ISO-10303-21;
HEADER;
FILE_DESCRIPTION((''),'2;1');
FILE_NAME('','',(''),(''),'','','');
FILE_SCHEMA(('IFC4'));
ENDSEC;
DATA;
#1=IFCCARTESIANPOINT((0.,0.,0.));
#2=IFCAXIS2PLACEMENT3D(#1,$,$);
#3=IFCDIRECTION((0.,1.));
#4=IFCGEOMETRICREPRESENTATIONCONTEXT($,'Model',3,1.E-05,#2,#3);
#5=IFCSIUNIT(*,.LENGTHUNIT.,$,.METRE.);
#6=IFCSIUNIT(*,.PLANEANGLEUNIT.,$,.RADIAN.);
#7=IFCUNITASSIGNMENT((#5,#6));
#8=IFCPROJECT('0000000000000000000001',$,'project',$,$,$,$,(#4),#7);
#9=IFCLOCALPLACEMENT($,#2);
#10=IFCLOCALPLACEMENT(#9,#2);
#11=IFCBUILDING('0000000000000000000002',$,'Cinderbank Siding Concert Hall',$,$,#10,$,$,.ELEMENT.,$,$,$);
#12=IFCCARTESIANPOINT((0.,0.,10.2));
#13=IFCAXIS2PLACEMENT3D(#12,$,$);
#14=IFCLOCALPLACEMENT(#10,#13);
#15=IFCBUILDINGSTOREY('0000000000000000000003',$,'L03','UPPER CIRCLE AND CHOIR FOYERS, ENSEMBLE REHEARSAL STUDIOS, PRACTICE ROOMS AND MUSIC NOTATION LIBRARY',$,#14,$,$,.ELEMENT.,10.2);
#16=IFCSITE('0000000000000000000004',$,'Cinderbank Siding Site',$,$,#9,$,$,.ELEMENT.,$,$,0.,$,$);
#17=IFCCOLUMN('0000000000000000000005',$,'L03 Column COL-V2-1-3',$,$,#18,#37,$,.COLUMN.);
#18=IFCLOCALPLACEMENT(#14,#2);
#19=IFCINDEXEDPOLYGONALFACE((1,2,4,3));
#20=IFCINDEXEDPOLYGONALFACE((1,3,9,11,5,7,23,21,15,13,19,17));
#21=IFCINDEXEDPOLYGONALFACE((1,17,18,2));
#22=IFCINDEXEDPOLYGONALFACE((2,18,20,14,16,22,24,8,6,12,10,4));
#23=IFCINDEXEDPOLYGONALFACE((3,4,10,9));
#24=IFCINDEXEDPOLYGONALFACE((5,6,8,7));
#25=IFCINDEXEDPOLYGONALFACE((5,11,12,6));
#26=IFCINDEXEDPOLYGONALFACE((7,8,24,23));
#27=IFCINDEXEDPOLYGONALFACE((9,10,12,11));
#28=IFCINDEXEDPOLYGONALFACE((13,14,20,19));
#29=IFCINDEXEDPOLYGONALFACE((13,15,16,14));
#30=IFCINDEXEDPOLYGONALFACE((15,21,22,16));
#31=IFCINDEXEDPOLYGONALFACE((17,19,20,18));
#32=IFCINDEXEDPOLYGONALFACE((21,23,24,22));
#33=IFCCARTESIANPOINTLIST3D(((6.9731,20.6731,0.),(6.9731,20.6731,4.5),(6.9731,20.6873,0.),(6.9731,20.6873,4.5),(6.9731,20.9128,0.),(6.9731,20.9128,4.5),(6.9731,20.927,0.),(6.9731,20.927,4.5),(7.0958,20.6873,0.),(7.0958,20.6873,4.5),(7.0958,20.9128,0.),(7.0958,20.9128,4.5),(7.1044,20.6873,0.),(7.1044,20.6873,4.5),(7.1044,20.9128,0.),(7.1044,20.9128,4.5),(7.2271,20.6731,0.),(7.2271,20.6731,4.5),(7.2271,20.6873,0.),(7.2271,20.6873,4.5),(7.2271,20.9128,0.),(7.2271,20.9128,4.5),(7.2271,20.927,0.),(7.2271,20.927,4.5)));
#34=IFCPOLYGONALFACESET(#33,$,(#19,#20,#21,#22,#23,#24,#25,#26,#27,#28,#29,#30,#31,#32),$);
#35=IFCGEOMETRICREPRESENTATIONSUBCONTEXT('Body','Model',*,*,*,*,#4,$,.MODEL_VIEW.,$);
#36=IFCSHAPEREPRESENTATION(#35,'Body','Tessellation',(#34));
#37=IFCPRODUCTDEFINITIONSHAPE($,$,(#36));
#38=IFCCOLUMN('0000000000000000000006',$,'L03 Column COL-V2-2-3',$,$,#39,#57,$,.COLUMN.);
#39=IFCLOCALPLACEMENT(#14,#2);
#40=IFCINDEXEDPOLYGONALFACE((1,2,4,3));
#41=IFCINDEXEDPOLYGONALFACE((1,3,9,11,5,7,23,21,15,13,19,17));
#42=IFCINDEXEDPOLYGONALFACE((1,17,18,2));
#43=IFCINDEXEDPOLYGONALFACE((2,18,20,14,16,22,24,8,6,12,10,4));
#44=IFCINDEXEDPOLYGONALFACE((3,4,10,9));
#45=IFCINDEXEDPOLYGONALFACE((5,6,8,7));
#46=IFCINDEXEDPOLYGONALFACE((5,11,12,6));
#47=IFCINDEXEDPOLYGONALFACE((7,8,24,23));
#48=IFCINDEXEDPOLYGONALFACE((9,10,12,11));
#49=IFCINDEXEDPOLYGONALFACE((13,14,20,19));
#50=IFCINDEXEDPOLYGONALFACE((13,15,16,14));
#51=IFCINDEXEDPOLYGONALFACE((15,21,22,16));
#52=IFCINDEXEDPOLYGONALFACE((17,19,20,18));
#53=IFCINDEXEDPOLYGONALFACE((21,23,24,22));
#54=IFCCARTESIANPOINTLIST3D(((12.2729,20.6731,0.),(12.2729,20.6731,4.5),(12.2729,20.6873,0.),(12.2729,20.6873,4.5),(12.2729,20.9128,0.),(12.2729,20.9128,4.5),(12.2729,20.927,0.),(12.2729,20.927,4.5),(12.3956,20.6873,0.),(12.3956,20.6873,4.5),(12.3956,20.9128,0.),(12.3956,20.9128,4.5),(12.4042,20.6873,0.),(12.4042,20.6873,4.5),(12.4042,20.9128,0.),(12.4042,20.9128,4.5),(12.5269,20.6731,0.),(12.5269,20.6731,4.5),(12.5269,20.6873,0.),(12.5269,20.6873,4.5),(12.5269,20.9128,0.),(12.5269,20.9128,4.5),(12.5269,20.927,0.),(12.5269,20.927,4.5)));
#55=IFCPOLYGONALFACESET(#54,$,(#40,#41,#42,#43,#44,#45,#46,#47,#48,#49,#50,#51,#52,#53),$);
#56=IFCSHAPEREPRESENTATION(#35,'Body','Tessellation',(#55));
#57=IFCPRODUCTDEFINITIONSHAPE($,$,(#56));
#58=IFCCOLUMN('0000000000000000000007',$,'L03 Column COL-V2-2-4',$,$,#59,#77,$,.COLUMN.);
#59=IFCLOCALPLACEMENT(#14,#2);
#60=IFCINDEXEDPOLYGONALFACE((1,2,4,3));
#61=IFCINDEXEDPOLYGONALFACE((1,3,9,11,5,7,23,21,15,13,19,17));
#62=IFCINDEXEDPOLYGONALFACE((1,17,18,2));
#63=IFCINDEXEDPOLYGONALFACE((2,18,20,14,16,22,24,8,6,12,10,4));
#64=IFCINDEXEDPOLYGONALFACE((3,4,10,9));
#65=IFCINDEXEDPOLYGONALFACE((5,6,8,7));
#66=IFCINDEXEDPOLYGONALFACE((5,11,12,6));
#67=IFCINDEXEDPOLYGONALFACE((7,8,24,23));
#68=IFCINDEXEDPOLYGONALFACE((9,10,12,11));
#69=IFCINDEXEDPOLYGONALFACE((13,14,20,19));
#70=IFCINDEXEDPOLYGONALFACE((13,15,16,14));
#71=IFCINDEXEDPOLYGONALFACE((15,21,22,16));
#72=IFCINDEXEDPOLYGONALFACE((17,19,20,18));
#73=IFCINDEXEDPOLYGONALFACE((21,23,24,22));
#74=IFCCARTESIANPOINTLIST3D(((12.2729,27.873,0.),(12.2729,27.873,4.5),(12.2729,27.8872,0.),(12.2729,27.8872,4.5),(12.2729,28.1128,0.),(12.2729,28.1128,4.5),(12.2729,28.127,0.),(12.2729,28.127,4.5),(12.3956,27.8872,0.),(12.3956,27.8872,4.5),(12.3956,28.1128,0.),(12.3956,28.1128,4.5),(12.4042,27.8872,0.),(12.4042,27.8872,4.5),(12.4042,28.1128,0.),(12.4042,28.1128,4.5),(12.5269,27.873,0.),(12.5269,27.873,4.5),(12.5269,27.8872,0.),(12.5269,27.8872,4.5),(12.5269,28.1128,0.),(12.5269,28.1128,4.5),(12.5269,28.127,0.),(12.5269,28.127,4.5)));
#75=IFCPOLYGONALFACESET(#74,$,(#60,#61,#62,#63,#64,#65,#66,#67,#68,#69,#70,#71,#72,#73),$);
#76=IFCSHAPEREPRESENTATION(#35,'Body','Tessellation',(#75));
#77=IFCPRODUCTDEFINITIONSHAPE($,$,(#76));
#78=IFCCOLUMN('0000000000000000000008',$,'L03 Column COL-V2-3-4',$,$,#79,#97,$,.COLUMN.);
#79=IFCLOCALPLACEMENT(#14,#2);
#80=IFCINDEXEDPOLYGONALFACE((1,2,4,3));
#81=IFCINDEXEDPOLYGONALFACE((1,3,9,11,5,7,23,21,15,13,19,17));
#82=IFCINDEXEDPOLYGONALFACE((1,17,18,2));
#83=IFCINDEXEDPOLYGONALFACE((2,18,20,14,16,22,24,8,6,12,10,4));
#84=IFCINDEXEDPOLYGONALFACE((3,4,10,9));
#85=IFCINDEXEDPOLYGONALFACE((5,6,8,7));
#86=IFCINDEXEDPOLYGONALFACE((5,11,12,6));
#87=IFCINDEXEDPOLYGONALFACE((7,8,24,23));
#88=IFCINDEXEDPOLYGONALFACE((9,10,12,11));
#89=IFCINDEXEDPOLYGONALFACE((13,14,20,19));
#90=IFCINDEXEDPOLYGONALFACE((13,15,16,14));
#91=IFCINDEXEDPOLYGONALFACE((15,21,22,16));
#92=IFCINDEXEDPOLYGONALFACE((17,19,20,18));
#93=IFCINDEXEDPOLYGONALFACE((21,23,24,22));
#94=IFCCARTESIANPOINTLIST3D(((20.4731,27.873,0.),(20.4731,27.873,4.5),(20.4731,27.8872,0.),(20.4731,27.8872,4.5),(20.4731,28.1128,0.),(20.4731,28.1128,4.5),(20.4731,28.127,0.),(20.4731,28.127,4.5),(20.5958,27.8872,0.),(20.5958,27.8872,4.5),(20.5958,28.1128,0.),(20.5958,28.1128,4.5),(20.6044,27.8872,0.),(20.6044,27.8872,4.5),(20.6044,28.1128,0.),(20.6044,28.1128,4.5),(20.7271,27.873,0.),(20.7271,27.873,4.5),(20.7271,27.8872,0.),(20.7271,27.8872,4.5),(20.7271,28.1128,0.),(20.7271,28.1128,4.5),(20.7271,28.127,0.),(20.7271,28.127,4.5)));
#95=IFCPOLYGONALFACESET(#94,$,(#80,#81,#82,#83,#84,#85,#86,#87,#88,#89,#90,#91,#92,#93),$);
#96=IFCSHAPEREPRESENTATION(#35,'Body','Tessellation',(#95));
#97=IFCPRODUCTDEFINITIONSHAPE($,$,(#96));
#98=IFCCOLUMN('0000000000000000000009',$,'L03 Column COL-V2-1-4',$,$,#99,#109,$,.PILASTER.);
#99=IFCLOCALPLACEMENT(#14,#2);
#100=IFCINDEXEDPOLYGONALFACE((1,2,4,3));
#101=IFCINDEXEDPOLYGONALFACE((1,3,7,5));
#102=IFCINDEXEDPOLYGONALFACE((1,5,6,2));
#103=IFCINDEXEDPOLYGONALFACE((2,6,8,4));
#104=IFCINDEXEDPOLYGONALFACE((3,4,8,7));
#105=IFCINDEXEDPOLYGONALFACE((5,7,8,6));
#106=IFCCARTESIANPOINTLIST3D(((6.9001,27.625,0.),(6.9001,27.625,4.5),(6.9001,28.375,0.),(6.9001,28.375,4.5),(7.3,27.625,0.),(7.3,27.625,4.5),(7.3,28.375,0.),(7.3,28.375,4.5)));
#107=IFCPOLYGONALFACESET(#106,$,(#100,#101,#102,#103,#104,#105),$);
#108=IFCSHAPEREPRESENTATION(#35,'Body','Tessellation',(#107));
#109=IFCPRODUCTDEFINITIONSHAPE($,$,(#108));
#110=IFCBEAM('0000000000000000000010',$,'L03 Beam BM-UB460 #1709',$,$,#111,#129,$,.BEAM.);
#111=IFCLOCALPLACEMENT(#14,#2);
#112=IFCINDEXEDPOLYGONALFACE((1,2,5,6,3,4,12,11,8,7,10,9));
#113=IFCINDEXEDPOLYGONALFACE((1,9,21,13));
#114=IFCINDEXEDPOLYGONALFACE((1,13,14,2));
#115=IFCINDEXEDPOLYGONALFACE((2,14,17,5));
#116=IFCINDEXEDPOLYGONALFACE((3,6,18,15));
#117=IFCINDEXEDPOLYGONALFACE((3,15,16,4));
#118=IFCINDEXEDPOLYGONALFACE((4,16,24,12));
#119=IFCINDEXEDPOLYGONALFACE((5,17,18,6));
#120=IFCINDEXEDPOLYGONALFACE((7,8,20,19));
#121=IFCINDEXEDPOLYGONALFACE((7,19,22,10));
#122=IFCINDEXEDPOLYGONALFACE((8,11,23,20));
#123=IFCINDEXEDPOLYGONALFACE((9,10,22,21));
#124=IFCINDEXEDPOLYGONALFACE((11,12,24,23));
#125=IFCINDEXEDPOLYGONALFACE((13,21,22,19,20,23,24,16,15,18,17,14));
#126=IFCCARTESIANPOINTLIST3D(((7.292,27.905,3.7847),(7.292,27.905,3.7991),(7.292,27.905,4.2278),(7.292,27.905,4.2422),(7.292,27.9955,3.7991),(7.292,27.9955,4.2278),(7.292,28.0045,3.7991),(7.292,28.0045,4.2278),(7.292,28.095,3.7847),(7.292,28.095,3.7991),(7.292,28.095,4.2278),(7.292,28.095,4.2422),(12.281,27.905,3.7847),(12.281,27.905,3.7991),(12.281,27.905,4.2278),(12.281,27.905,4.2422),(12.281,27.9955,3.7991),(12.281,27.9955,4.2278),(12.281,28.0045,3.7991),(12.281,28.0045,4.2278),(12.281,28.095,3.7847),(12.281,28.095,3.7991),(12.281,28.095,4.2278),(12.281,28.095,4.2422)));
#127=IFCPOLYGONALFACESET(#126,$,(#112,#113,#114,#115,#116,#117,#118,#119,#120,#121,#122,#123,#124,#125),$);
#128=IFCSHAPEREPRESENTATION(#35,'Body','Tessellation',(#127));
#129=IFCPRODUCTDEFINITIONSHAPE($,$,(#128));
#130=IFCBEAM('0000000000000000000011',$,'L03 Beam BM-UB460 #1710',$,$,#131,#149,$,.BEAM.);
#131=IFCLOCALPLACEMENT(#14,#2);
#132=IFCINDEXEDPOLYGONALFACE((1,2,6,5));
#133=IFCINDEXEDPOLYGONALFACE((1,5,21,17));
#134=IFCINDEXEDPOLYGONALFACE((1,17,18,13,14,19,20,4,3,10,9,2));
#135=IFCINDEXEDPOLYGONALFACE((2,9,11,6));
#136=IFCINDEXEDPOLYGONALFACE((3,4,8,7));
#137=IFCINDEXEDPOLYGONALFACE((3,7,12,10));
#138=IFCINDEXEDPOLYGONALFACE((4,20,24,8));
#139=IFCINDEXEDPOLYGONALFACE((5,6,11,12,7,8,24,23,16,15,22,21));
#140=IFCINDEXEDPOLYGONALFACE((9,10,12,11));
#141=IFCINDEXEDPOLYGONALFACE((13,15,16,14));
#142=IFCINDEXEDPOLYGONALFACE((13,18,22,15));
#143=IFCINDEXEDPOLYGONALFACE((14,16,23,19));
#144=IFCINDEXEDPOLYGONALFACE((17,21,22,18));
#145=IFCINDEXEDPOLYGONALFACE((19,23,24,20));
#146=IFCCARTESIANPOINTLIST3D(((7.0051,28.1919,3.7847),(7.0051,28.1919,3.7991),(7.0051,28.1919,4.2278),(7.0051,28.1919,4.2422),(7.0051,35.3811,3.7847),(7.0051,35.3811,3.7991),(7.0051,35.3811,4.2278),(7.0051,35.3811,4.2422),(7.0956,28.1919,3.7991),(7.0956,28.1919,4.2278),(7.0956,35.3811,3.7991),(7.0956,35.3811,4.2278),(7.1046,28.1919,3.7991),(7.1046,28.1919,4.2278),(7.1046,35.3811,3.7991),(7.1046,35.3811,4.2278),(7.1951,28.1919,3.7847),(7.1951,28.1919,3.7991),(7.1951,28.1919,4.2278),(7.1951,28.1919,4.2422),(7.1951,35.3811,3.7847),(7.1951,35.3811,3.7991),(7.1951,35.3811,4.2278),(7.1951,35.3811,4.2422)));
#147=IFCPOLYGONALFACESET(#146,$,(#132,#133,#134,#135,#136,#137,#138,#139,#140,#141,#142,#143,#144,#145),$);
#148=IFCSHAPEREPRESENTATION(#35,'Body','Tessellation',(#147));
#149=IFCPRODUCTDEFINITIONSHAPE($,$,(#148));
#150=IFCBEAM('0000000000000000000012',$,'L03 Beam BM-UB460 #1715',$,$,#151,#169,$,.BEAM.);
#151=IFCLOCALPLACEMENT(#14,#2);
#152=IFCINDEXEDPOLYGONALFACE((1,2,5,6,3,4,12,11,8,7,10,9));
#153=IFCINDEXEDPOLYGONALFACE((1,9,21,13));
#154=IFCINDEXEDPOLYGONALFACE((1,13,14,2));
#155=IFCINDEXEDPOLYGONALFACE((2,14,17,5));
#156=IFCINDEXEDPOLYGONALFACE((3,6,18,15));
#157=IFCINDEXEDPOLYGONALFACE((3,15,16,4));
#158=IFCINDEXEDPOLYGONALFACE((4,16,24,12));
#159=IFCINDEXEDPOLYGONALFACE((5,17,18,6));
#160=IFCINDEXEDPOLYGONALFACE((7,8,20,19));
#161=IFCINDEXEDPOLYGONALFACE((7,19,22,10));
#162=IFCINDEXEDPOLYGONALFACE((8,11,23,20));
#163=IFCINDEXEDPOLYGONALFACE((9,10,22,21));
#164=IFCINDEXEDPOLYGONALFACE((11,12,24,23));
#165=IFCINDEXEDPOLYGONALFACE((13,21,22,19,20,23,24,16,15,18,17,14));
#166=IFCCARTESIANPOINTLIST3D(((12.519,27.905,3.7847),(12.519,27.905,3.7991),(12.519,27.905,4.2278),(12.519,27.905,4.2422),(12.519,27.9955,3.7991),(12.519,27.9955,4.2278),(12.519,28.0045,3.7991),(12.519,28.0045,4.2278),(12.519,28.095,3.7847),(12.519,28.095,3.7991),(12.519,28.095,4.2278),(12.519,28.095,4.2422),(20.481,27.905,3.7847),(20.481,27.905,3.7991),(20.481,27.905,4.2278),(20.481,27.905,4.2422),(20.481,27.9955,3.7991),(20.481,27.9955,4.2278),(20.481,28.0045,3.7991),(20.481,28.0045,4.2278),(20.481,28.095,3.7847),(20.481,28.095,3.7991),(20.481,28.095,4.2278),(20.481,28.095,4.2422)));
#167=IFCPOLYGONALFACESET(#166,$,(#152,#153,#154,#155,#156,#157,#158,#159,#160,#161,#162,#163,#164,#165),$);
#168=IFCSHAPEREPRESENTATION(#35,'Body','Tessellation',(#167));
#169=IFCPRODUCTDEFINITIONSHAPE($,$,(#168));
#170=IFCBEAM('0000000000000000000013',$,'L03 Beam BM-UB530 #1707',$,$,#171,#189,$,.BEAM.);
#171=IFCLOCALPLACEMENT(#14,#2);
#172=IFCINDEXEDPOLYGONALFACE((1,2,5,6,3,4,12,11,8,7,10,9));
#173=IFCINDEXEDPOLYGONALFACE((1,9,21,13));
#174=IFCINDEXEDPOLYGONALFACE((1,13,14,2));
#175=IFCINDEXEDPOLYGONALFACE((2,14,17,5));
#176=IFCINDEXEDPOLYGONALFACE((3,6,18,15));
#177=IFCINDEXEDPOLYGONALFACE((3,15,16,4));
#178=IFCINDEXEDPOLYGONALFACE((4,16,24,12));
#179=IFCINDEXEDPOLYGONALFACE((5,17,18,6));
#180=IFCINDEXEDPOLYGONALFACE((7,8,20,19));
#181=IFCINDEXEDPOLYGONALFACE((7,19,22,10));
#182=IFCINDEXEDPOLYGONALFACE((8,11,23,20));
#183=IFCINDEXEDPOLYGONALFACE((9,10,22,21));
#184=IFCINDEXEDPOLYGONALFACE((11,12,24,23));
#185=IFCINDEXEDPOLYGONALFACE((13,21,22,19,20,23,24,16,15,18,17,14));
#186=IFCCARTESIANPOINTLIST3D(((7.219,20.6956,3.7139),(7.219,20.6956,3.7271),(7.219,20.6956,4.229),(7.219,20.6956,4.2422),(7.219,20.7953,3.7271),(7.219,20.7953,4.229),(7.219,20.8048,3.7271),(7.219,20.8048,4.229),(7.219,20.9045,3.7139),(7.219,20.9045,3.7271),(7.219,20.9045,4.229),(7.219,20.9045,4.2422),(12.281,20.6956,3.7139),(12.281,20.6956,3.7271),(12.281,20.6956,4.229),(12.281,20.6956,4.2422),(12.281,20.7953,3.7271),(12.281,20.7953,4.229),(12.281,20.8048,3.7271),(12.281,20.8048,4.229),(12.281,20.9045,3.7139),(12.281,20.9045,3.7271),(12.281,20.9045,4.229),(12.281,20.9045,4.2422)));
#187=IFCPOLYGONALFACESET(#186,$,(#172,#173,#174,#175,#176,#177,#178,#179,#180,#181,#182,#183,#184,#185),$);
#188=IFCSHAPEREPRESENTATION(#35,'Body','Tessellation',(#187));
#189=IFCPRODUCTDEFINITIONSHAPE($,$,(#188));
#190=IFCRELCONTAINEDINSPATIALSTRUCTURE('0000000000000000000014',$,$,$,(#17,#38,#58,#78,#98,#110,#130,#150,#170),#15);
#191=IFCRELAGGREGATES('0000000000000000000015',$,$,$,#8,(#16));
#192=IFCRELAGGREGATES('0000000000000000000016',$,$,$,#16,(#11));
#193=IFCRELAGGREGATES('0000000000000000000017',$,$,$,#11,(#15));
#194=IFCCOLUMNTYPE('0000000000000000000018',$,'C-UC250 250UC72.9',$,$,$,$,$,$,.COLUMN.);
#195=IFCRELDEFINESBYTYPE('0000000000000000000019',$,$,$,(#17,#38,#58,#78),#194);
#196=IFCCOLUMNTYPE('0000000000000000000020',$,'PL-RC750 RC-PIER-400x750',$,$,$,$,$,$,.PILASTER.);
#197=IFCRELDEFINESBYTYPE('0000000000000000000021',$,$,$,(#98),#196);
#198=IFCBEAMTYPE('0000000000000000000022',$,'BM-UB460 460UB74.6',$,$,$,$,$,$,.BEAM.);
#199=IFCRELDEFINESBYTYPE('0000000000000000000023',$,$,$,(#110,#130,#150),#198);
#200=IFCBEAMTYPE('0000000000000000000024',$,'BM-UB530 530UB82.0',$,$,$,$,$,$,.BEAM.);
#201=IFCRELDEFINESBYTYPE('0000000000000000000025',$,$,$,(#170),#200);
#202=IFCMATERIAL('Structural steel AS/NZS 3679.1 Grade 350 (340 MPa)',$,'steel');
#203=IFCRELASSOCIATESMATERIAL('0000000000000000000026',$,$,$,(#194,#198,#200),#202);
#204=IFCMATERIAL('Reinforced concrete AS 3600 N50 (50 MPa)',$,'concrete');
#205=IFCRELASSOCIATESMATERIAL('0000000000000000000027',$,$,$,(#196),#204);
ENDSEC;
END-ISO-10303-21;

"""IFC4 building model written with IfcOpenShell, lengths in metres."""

from ifc_helpers import new_model, si_unit, direction, frame, origin, origin_2d, place, context, subcontext, project, spatial, rectangle, i_section, extrude, material, material_profile, profile_set, type_object, element, save


model = new_model("IFC4")

# Units and contexts
model_context = context("Model", 3, precision=1e-05, world=origin(), true_north=direction((0.0, 1.0)))
body_context = subcontext(model_context, "Body", "Model", "MODEL_VIEW")
ifc_project = project(units=[si_unit("LENGTHUNIT", "METRE"), si_unit("PLANEANGLEUNIT", "RADIAN")], contexts=[model_context])

# Site, building, storey
site_placement = place(None, origin())
site = spatial("IfcSite", under=ifc_project, at=site_placement, Name="Cinderbank Siding Site", CompositionType="ELEMENT", RefElevation=0.0)
building_placement = place(site_placement, origin())
building = spatial("IfcBuilding", under=site, at=building_placement, Name="Cinderbank Siding Concert Hall", CompositionType="ELEMENT")
storey_placement = place(building_placement, frame((0.0, 0.0, 10.2)))
storey = spatial("IfcBuildingStorey", under=building, at=storey_placement, Name="L03", Description="UPPER CIRCLE AND CHOIR FOYERS, ENSEMBLE REHEARSAL STUDIOS, PRACTICE ROOMS AND MUSIC NOTATION LIBRARY", CompositionType="ELEMENT", Elevation=10.2)

# Columns
ifc_material_1 = material(Name="Structural steel AS/NZS 3679.1 Grade 350 (340 MPa)", Category="steel")
ifc_material_profile_1 = material_profile(ifc_material_1, i_section(OverallWidth=0.2539, OverallDepth=0.2539, WebThickness=0.0085, FlangeThickness=0.0142, at=origin_2d()), Name="250UC72.9", Category="LoadBearing")
ifc_profile_set_1 = profile_set([ifc_material_profile_1], Name="Structural steel AS/NZS 3679.1 Grade 350 (340 MPa)")
column_type_1 = type_object("IfcColumnType", Name="C-UC250 250UC72.9", PredefinedType="COLUMN", material=ifc_profile_set_1)
for number, where, z_axis, x_axis, name in (
    (1, (7.1001, 20.8, 0.0), (0.0, 0.0, 1.0), (1.0, 0.0, 0.0), "L03 Column COL-V2-1-3"),
    (2, (12.3999, 20.8, 0.0), (0.0, 0.0, 1.0), (1.0, 0.0, 0.0), "L03 Column COL-V2-2-3"),
    (3, (12.3999, 28.0, 0.0), (0.0, 0.0, 1.0), (1.0, 0.0, 0.0), "L03 Column COL-V2-2-4"),
    (4, (20.6001, 28.0, 0.0), (0.0, 0.0, 1.0), (1.0, 0.0, 0.0), "L03 Column COL-V2-3-4"),
):
    element("IfcColumn", number, at=place(storey_placement, frame(where, z_axis=z_axis, x_axis=x_axis)), inside=storey, type_object=column_type_1, Name=name, PredefinedType="COLUMN", context=body_context, shape_type="SweptSolid", body=[
        extrude(i_section(OverallWidth=0.2539, OverallDepth=0.2539, WebThickness=0.0085, FlangeThickness=0.0142, at=origin_2d()), origin(), (0.0, 0.0, 1.0), 4.5),
    ])
ifc_material_2 = material(Name="Reinforced concrete AS 3600 N50 (50 MPa)", Category="concrete")
ifc_material_profile_2 = material_profile(ifc_material_2, rectangle(XDim=0.3999, YDim=0.75, at=origin_2d()), Name="RC-PIER-400x750", Category="LoadBearing")
ifc_profile_set_2 = profile_set([ifc_material_profile_2], Name="Reinforced concrete AS 3600 N50 (50 MPa)")
column_type_2 = type_object("IfcColumnType", Name="PL-RC750 RC-PIER-400x750", PredefinedType="PILASTER", material=ifc_profile_set_2)
column_placement = place(storey_placement, frame((7.1001, 28.0, 0.0), z_axis=(0.0, 0.0, 1.0), x_axis=(1.0, 0.0, 0.0)))
element("IfcColumn", 5, at=column_placement, inside=storey, type_object=column_type_2, Name="L03 Column COL-V2-1-4", PredefinedType="PILASTER", context=body_context, shape_type="SweptSolid", body=[
    extrude(rectangle(XDim=0.3999, YDim=0.75, at=origin_2d()), origin(), (0.0, 0.0, 1.0), 4.5),
])

# Beams
ifc_material_profile_3 = material_profile(ifc_material_1, i_section(OverallWidth=0.1899, OverallDepth=0.4575, WebThickness=0.009, FlangeThickness=0.0144, at=origin_2d()), Name="460UB74.6", Category="LoadBearing")
ifc_profile_set_3 = profile_set([ifc_material_profile_3], Name="Structural steel AS/NZS 3679.1 Grade 350 (340 MPa)")
beam_type_1 = type_object("IfcBeamType", Name="BM-UB460 460UB74.6", PredefinedType="BEAM", material=ifc_profile_set_3)
beam_1_placement = place(storey_placement, frame((7.292, 28.0, 4.0134), z_axis=(1.0, 0.0, 0.0), x_axis=(0.0, 1.0, 0.0)))
element("IfcBeam", 6, at=beam_1_placement, inside=storey, type_object=beam_type_1, Name="L03 Beam BM-UB460 #1709", PredefinedType="BEAM", context=body_context, shape_type="SweptSolid", body=[
    extrude(i_section(OverallWidth=0.1899, OverallDepth=0.4575, WebThickness=0.009, FlangeThickness=0.0144, at=origin_2d()), origin(), (0.0, 0.0, 1.0), 4.989),
])
beam_2_placement = place(storey_placement, frame((7.1001, 28.1919, 4.0134), z_axis=(0.0, 1.0, 0.0), x_axis=(-1.0, 0.0, 0.0)))
element("IfcBeam", 7, at=beam_2_placement, inside=storey, type_object=beam_type_1, Name="L03 Beam BM-UB460 #1710", PredefinedType="BEAM", context=body_context, shape_type="SweptSolid", body=[
    extrude(i_section(OverallWidth=0.1899, OverallDepth=0.4575, WebThickness=0.009, FlangeThickness=0.0144, at=origin_2d()), origin(), (0.0, 0.0, 1.0), 7.1892),
])
beam_3_placement = place(storey_placement, frame((12.519, 28.0, 4.0134), z_axis=(1.0, 0.0, 0.0), x_axis=(0.0, 1.0, 0.0)))
element("IfcBeam", 8, at=beam_3_placement, inside=storey, type_object=beam_type_1, Name="L03 Beam BM-UB460 #1715", PredefinedType="BEAM", context=body_context, shape_type="SweptSolid", body=[
    extrude(i_section(OverallWidth=0.1899, OverallDepth=0.4575, WebThickness=0.009, FlangeThickness=0.0144, at=origin_2d()), origin(), (0.0, 0.0, 1.0), 7.9619),
])
ifc_material_profile_4 = material_profile(ifc_material_1, i_section(OverallWidth=0.209, OverallDepth=0.5283, WebThickness=0.0095, FlangeThickness=0.0132, at=origin_2d()), Name="530UB82.0", Category="LoadBearing")
ifc_profile_set_4 = profile_set([ifc_material_profile_4], Name="Structural steel AS/NZS 3679.1 Grade 350 (340 MPa)")
beam_type_2 = type_object("IfcBeamType", Name="BM-UB530 530UB82.0", PredefinedType="BEAM", material=ifc_profile_set_4)
beam_4_placement = place(storey_placement, frame((7.219, 20.8, 3.978), z_axis=(1.0, 0.0, 0.0), x_axis=(0.0, 1.0, 0.0)))
element("IfcBeam", 9, at=beam_4_placement, inside=storey, type_object=beam_type_2, Name="L03 Beam BM-UB530 #1707", PredefinedType="BEAM", context=body_context, shape_type="SweptSolid", body=[
    extrude(i_section(OverallWidth=0.209, OverallDepth=0.5283, WebThickness=0.0095, FlangeThickness=0.0132, at=origin_2d()), origin(), (0.0, 0.0, 1.0), 5.062),
])

save(model, "model.ifc")
